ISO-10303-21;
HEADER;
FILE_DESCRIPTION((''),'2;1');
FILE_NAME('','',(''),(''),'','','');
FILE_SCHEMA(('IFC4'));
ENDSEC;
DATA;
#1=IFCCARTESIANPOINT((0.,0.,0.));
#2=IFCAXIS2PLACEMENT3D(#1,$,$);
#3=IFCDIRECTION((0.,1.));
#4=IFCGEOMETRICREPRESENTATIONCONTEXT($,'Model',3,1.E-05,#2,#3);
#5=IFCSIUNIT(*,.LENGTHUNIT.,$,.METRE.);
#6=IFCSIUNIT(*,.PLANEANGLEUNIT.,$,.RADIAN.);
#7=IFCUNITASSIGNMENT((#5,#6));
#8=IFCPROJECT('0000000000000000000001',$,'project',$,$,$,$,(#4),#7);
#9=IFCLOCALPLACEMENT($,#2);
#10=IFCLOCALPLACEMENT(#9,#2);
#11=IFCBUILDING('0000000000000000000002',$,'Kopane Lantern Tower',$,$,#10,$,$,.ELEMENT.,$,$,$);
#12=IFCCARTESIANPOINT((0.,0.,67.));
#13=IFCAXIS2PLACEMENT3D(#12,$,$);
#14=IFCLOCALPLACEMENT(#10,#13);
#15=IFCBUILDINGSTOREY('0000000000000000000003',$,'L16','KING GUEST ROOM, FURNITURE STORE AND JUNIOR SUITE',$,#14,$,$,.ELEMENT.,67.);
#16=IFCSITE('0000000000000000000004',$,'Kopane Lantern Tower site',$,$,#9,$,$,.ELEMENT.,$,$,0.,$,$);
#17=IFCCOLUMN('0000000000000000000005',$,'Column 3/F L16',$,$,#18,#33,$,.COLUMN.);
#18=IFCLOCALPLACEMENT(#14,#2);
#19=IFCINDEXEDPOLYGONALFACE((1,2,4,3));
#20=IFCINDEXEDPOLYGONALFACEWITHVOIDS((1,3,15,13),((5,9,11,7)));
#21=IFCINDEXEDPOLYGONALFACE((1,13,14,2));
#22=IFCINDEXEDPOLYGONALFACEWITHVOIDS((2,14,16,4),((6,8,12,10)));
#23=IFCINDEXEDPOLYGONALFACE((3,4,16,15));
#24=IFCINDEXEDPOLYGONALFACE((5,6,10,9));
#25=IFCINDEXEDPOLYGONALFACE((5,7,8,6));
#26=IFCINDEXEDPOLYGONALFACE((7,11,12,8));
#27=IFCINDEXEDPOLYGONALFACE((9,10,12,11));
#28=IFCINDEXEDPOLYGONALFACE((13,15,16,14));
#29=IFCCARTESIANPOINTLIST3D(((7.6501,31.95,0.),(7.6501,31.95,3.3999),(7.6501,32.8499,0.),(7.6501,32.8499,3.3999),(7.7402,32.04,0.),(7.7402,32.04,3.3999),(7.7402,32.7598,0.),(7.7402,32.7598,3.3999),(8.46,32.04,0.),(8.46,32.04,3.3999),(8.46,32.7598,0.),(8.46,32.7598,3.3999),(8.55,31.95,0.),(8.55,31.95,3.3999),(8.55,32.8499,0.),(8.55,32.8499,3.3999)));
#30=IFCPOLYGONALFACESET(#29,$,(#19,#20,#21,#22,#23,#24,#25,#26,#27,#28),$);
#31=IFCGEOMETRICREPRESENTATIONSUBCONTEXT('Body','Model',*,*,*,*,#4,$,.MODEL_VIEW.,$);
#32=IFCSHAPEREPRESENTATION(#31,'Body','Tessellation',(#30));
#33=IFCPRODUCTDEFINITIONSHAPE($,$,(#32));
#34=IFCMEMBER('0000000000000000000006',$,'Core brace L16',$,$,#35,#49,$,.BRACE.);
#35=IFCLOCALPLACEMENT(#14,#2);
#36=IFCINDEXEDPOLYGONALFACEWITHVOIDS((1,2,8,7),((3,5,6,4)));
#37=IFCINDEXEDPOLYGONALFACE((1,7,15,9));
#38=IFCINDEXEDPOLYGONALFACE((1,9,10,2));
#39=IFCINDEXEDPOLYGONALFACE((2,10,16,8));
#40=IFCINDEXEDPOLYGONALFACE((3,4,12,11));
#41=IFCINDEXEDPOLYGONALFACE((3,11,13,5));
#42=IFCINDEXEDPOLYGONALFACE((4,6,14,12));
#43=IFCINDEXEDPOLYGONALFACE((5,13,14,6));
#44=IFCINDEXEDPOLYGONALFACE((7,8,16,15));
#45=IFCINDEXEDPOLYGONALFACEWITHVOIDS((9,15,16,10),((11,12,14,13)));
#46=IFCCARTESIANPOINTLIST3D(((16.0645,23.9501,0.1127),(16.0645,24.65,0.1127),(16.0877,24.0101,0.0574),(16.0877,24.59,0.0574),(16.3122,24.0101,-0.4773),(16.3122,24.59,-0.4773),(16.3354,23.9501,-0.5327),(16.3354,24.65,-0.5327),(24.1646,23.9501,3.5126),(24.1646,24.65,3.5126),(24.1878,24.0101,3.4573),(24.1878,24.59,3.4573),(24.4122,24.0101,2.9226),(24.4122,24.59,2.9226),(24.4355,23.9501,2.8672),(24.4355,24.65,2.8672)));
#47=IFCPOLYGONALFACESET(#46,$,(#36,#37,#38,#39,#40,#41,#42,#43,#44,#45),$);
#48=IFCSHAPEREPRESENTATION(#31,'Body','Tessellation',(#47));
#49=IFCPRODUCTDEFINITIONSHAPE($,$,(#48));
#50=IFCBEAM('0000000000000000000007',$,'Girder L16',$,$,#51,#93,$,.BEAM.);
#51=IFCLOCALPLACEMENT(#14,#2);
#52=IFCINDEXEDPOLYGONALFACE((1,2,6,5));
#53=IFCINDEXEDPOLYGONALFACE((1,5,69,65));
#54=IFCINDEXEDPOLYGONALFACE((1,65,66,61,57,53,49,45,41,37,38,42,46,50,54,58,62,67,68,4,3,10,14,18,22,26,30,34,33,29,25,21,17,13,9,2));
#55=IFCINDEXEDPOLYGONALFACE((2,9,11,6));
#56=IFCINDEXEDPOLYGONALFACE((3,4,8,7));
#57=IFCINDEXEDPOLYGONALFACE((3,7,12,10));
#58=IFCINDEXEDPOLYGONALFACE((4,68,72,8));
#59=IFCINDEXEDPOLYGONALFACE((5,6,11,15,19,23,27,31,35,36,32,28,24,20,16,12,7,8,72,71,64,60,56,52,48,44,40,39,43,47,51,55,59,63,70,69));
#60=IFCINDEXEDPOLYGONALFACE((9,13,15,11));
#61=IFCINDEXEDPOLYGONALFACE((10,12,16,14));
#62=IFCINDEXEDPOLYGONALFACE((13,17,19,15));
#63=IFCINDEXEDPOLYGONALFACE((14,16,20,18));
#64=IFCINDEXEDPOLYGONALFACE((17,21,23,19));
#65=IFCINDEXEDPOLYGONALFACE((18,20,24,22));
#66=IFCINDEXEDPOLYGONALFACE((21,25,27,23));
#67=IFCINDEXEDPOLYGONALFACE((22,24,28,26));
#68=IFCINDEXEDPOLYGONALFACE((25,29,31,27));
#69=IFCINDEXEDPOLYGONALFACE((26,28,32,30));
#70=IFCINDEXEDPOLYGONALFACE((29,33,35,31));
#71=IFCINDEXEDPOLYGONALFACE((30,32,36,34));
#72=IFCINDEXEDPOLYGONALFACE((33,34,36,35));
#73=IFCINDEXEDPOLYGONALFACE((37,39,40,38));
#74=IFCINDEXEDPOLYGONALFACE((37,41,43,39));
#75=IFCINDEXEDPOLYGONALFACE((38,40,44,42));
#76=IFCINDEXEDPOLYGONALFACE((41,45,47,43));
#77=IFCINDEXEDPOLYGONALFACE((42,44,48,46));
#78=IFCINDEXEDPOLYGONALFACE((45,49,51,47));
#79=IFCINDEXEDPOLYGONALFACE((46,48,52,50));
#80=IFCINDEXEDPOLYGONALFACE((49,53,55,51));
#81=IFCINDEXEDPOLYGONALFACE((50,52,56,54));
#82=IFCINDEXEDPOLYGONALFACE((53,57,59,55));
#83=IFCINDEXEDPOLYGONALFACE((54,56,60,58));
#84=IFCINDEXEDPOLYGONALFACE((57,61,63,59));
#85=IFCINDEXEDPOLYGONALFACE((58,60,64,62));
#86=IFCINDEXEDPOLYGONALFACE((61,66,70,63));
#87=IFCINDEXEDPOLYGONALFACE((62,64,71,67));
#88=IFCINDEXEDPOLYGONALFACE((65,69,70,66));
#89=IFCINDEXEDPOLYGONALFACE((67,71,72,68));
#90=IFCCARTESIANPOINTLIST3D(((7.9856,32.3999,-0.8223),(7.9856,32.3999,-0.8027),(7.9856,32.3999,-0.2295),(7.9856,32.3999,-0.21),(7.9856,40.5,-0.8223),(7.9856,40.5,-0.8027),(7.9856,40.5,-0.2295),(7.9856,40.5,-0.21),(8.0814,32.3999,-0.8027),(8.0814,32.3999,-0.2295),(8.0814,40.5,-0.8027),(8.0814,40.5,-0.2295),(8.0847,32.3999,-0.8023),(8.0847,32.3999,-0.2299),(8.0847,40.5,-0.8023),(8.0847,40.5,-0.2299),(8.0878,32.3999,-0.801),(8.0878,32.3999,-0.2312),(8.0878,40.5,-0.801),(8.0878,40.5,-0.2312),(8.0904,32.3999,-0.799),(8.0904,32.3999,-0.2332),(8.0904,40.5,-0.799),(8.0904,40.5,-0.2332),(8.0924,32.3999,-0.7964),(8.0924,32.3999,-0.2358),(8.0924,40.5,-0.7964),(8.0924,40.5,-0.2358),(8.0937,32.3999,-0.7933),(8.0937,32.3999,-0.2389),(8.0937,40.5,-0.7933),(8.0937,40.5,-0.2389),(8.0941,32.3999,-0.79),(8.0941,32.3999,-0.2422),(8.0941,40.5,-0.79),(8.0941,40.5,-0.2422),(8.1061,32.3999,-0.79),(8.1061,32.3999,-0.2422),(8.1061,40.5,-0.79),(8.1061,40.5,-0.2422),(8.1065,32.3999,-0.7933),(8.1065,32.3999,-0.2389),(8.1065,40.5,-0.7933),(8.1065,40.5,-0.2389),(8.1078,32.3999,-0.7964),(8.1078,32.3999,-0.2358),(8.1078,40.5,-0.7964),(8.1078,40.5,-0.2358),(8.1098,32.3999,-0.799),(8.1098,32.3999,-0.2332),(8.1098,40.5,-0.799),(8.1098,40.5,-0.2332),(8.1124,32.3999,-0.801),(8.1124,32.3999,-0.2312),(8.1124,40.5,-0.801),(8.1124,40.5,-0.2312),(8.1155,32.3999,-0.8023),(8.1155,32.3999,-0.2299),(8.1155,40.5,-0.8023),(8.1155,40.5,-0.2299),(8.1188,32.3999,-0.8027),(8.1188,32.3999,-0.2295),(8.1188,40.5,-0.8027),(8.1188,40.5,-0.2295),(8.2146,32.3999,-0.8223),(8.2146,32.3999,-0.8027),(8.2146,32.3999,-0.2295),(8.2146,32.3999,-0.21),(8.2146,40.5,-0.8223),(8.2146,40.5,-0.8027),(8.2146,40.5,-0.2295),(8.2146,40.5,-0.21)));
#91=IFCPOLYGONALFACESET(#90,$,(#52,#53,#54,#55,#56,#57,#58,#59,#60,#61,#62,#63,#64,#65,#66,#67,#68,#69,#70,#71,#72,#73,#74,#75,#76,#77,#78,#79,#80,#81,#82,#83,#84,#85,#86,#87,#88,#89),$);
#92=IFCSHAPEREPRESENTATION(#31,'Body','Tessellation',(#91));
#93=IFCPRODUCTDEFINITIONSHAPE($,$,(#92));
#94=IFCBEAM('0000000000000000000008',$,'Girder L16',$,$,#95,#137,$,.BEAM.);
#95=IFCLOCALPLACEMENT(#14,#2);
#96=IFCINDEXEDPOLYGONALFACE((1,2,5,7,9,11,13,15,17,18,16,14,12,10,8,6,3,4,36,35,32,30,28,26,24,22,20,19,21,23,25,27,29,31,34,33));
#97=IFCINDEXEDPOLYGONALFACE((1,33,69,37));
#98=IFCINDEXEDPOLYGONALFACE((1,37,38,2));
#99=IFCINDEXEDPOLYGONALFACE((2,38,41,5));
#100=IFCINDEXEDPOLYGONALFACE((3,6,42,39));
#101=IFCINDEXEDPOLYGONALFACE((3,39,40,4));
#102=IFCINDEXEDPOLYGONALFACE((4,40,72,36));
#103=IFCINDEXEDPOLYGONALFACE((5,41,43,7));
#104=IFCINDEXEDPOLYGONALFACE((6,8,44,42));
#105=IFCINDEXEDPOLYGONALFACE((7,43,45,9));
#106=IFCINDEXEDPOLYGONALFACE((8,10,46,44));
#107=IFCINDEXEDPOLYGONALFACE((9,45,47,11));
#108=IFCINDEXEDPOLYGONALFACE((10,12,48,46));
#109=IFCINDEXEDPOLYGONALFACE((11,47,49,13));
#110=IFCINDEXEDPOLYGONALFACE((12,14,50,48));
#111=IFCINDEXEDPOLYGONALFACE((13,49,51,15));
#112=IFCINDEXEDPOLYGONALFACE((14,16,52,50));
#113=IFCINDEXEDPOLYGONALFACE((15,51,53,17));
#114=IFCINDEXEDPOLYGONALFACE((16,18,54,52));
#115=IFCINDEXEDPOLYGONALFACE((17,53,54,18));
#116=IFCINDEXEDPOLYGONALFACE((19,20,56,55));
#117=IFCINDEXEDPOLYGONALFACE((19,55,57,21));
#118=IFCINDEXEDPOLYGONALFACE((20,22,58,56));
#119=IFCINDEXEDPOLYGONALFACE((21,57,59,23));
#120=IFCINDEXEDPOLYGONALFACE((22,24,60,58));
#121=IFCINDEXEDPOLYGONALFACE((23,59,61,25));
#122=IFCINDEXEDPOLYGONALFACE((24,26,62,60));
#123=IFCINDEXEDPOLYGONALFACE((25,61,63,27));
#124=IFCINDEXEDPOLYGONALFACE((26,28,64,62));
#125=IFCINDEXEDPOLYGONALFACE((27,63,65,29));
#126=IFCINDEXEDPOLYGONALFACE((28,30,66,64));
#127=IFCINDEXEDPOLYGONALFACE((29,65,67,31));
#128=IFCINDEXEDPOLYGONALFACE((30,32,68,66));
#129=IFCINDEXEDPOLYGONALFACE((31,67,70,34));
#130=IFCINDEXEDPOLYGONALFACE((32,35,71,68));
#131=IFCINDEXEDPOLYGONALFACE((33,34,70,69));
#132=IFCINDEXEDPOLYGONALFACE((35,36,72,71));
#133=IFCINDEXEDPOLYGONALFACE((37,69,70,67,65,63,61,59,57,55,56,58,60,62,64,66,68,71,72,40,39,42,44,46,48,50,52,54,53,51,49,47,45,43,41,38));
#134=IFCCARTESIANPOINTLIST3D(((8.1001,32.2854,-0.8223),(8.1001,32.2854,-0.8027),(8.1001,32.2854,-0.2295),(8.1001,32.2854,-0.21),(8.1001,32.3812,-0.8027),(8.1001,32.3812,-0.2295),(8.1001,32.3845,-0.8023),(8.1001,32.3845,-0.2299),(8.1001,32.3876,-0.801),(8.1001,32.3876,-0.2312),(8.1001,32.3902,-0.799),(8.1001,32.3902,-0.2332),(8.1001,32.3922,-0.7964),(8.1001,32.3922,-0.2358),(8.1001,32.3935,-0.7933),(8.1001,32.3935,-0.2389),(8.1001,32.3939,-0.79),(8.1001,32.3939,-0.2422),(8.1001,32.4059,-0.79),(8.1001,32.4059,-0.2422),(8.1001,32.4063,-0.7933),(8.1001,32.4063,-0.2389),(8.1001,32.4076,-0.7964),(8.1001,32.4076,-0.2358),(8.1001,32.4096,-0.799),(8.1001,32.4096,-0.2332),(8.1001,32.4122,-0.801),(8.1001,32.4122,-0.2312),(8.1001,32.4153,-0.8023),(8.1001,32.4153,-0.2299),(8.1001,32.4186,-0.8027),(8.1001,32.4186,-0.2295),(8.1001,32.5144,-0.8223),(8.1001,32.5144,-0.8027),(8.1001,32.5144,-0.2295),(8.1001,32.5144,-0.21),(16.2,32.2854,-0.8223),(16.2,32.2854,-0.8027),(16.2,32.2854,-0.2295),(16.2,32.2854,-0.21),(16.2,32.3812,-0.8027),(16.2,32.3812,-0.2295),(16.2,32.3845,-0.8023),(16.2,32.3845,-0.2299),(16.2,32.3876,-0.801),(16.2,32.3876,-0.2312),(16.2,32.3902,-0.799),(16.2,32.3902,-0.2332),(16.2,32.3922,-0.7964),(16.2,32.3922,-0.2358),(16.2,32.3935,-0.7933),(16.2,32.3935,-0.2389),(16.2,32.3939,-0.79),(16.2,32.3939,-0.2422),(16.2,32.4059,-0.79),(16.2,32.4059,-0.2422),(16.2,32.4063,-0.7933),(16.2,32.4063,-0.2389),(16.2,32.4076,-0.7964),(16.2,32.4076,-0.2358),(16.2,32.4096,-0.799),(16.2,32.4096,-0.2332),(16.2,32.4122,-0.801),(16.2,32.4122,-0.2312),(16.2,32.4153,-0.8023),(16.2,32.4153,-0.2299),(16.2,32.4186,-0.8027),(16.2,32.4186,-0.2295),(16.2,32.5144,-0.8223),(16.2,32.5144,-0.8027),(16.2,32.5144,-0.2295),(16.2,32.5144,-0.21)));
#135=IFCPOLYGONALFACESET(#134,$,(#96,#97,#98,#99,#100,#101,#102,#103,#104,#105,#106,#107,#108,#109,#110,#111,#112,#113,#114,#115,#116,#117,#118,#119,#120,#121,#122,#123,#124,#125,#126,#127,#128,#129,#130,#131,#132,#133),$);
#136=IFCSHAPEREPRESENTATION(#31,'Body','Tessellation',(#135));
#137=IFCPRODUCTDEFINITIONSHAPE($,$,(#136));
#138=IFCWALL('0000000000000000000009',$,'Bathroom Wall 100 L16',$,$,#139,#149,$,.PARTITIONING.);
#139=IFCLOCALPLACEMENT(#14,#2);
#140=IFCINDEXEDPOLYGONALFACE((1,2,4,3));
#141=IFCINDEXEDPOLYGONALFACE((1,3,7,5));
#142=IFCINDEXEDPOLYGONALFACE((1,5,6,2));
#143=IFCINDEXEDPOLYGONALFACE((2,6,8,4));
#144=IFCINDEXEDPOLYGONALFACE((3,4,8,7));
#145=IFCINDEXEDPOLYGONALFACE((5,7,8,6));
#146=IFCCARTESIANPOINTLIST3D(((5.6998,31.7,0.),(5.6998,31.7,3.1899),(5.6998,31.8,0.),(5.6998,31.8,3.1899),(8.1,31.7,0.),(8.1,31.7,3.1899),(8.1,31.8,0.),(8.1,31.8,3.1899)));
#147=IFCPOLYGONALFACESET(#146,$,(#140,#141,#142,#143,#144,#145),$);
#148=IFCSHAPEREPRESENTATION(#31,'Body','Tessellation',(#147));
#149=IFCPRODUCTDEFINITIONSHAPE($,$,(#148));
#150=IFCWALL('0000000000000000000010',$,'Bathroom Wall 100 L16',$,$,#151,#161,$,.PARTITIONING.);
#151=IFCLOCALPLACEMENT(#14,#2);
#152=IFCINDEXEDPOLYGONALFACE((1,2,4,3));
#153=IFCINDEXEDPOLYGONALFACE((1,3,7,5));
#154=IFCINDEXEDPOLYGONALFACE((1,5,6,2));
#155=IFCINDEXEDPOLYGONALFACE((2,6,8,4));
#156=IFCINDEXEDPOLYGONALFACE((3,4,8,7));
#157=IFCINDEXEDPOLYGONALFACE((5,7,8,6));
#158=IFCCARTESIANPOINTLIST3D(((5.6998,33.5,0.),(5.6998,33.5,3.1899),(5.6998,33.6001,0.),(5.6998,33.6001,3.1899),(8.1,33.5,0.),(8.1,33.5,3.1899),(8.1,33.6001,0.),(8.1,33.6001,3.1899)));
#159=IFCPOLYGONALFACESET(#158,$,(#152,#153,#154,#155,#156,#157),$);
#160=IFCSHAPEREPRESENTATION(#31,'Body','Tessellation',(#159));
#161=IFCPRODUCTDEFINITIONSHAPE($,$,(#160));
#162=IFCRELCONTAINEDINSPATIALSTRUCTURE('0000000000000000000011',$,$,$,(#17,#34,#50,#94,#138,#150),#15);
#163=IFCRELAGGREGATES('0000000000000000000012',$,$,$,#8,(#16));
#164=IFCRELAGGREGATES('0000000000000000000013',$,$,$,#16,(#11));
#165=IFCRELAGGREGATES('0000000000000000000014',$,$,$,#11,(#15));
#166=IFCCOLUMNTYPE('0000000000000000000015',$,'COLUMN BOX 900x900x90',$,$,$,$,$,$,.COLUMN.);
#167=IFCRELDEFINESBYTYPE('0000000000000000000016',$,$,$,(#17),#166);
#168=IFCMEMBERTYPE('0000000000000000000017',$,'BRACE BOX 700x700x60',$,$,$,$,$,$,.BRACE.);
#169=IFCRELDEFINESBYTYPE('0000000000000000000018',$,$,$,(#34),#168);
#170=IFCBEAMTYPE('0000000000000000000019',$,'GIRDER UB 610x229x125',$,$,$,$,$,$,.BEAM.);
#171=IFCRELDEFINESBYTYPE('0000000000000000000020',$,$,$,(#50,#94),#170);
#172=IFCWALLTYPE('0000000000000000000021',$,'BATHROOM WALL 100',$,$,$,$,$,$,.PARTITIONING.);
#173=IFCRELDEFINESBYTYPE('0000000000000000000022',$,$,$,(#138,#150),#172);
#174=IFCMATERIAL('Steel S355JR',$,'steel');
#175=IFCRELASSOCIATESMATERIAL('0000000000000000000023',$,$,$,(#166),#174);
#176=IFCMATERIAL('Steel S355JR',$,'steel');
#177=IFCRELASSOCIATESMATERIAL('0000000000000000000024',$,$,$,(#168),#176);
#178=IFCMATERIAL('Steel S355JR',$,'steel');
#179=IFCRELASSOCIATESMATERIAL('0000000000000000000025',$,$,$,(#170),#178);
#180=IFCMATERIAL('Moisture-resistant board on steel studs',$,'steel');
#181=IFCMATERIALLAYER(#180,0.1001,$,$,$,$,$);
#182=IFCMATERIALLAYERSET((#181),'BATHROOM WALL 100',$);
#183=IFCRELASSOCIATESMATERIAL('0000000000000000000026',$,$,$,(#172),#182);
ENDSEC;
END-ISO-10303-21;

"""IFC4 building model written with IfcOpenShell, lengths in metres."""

from ifc_helpers import new_model, si_unit, direction, frame, frame_2d, origin, origin_2d, place, context, subcontext, project, spatial, rectangle, hollow_rectangle, i_section, extrude, material, layer, layer_set, material_profile, profile_set, type_object, element, save


model = new_model("IFC4")

# Units and contexts
model_context = context("Model", 3, precision=1e-05, world=origin(), true_north=direction((0.0, 1.0)))
body_context = subcontext(model_context, "Body", "Model", "MODEL_VIEW")
ifc_project = project(units=[si_unit("LENGTHUNIT", "METRE"), si_unit("PLANEANGLEUNIT", "RADIAN")], contexts=[model_context])

# Site, building, storey
site_placement = place(None, origin())
site = spatial("IfcSite", under=ifc_project, at=site_placement, Name="Kopane Lantern Tower site", CompositionType="ELEMENT", RefElevation=0.0)
building_placement = place(site_placement, origin())
building = spatial("IfcBuilding", under=site, at=building_placement, Name="Kopane Lantern Tower", CompositionType="ELEMENT")
storey_placement = place(building_placement, frame((0.0, 0.0, 67.0)))
storey = spatial("IfcBuildingStorey", under=building, at=storey_placement, Name="L16", Description="KING GUEST ROOM, FURNITURE STORE AND JUNIOR SUITE", CompositionType="ELEMENT", Elevation=67.0)

# Column
ifc_material_1 = material(Name="Steel S355JR", Category="steel")
ifc_material_profile_1 = material_profile(ifc_material_1, hollow_rectangle(XDim=0.8999, YDim=0.8999, WallThickness=0.0901, at=origin_2d()), Name="BOX 900x900x90")
ifc_profile_set_1 = profile_set([ifc_material_profile_1], Name="Steel S355JR")
column_type = type_object("IfcColumnType", Name="COLUMN BOX 900x900x90", PredefinedType="COLUMN", material=ifc_profile_set_1)
column_placement = place(storey_placement, frame((8.1001, 32.3999, 0.0), z_axis=(0.0, 0.0, 1.0), x_axis=(1.0, 0.0, 0.0)))
element("IfcColumn", 1, at=column_placement, inside=storey, type_object=column_type, Name="Column 3/F L16", PredefinedType="COLUMN", context=body_context, shape_type="SweptSolid", body=[
    extrude(hollow_rectangle(XDim=0.8999, YDim=0.8999, WallThickness=0.0901, at=origin_2d()), origin(), (0.0, 0.0, 1.0), 3.3999),
])

# Member
ifc_material_2 = material(Name="Steel S355JR", Category="steel")
ifc_material_profile_2 = material_profile(ifc_material_2, hollow_rectangle(XDim=0.7, YDim=0.7, WallThickness=0.0601, at=origin_2d()), Name="BOX 700x700x60")
ifc_profile_set_2 = profile_set([ifc_material_profile_2], Name="Steel S355JR")
member_type = type_object("IfcMemberType", Name="BRACE BOX 700x700x60", PredefinedType="BRACE", material=ifc_profile_set_2)
member_placement = place(storey_placement, frame((16.2, 24.3, -0.21), z_axis=(0.922069, 0.0, 0.387026), x_axis=(0.0, 1.0, 0.0)))
element("IfcMember", 2, at=member_placement, inside=storey, type_object=member_type, Name="Core brace L16", PredefinedType="BRACE", context=body_context, shape_type="SweptSolid", body=[
    extrude(hollow_rectangle(XDim=0.7, YDim=0.7, WallThickness=0.0601, at=origin_2d()), origin(), (0.0, 0.0, 1.0), 8.7847),
])

# Beams
ifc_material_3 = material(Name="Steel S355JR", Category="steel")
ifc_material_profile_3 = material_profile(ifc_material_3, i_section(OverallWidth=0.229, OverallDepth=0.6123, WebThickness=0.012, FlangeThickness=0.0195, FilletRadius=0.0127, at=origin_2d()), Name="UB 610x229x125")
ifc_profile_set_3 = profile_set([ifc_material_profile_3], Name="Steel S355JR")
beam_type = type_object("IfcBeamType", Name="GIRDER UB 610x229x125", PredefinedType="BEAM", material=ifc_profile_set_3)
beam_1_placement = place(storey_placement, frame((8.1001, 32.3999, -0.5161), z_axis=(0.0, 1.0, 0.0), x_axis=(-1.0, 0.0, 0.0)))
element("IfcBeam", 3, at=beam_1_placement, inside=storey, type_object=beam_type, Name="Girder L16", PredefinedType="BEAM", context=body_context, shape_type="SweptSolid", body=[
    extrude(i_section(OverallWidth=0.229, OverallDepth=0.6123, WebThickness=0.012, FlangeThickness=0.0195, FilletRadius=0.0127, at=origin_2d()), origin(), (0.0, 0.0, 1.0), 8.1001),
])
beam_2_placement = place(storey_placement, frame((8.1001, 32.3999, -0.5161), z_axis=(1.0, 0.0, 0.0), x_axis=(0.0, 1.0, 0.0)))
element("IfcBeam", 4, at=beam_2_placement, inside=storey, type_object=beam_type, Name="Girder L16", PredefinedType="BEAM", context=body_context, shape_type="SweptSolid", body=[
    extrude(i_section(OverallWidth=0.229, OverallDepth=0.6123, WebThickness=0.012, FlangeThickness=0.0195, FilletRadius=0.0127, at=origin_2d()), origin(), (0.0, 0.0, 1.0), 8.0999),
])

# Walls
ifc_material_4 = material(Name="Moisture-resistant board on steel studs", Category="steel")
ifc_layer_1 = layer(ifc_material_4, 0.1001)
ifc_layer_set_1 = layer_set([ifc_layer_1], Name="BATHROOM WALL 100")
wall_type_1 = type_object("IfcWallType", Name="BATHROOM WALL 100", PredefinedType="PARTITIONING", material=ifc_layer_set_1)
for number, where, z_axis, x_axis, name in (
    (5, (8.1001, 31.75, 0.0), (0.0, 0.0, 1.0), (-1.0, 0.0, 0.0), "Bathroom Wall 100 L16"),
    (6, (8.1001, 33.55, 0.0), (0.0, 0.0, 1.0), (-1.0, 0.0, 0.0), "Bathroom Wall 100 L16"),
):
    element("IfcWall", number, at=place(storey_placement, frame(where, z_axis=z_axis, x_axis=x_axis)), inside=storey, type_object=wall_type_1, Name=name, PredefinedType="PARTITIONING", context=body_context, shape_type="SweptSolid", body=[
        extrude(rectangle(XDim=2.4001, YDim=0.1001, at=frame_2d((1.2002, 0.0))), origin(), (0.0, 0.0, 1.0), 3.1899),
    ])

save(model, "model.ifc")
